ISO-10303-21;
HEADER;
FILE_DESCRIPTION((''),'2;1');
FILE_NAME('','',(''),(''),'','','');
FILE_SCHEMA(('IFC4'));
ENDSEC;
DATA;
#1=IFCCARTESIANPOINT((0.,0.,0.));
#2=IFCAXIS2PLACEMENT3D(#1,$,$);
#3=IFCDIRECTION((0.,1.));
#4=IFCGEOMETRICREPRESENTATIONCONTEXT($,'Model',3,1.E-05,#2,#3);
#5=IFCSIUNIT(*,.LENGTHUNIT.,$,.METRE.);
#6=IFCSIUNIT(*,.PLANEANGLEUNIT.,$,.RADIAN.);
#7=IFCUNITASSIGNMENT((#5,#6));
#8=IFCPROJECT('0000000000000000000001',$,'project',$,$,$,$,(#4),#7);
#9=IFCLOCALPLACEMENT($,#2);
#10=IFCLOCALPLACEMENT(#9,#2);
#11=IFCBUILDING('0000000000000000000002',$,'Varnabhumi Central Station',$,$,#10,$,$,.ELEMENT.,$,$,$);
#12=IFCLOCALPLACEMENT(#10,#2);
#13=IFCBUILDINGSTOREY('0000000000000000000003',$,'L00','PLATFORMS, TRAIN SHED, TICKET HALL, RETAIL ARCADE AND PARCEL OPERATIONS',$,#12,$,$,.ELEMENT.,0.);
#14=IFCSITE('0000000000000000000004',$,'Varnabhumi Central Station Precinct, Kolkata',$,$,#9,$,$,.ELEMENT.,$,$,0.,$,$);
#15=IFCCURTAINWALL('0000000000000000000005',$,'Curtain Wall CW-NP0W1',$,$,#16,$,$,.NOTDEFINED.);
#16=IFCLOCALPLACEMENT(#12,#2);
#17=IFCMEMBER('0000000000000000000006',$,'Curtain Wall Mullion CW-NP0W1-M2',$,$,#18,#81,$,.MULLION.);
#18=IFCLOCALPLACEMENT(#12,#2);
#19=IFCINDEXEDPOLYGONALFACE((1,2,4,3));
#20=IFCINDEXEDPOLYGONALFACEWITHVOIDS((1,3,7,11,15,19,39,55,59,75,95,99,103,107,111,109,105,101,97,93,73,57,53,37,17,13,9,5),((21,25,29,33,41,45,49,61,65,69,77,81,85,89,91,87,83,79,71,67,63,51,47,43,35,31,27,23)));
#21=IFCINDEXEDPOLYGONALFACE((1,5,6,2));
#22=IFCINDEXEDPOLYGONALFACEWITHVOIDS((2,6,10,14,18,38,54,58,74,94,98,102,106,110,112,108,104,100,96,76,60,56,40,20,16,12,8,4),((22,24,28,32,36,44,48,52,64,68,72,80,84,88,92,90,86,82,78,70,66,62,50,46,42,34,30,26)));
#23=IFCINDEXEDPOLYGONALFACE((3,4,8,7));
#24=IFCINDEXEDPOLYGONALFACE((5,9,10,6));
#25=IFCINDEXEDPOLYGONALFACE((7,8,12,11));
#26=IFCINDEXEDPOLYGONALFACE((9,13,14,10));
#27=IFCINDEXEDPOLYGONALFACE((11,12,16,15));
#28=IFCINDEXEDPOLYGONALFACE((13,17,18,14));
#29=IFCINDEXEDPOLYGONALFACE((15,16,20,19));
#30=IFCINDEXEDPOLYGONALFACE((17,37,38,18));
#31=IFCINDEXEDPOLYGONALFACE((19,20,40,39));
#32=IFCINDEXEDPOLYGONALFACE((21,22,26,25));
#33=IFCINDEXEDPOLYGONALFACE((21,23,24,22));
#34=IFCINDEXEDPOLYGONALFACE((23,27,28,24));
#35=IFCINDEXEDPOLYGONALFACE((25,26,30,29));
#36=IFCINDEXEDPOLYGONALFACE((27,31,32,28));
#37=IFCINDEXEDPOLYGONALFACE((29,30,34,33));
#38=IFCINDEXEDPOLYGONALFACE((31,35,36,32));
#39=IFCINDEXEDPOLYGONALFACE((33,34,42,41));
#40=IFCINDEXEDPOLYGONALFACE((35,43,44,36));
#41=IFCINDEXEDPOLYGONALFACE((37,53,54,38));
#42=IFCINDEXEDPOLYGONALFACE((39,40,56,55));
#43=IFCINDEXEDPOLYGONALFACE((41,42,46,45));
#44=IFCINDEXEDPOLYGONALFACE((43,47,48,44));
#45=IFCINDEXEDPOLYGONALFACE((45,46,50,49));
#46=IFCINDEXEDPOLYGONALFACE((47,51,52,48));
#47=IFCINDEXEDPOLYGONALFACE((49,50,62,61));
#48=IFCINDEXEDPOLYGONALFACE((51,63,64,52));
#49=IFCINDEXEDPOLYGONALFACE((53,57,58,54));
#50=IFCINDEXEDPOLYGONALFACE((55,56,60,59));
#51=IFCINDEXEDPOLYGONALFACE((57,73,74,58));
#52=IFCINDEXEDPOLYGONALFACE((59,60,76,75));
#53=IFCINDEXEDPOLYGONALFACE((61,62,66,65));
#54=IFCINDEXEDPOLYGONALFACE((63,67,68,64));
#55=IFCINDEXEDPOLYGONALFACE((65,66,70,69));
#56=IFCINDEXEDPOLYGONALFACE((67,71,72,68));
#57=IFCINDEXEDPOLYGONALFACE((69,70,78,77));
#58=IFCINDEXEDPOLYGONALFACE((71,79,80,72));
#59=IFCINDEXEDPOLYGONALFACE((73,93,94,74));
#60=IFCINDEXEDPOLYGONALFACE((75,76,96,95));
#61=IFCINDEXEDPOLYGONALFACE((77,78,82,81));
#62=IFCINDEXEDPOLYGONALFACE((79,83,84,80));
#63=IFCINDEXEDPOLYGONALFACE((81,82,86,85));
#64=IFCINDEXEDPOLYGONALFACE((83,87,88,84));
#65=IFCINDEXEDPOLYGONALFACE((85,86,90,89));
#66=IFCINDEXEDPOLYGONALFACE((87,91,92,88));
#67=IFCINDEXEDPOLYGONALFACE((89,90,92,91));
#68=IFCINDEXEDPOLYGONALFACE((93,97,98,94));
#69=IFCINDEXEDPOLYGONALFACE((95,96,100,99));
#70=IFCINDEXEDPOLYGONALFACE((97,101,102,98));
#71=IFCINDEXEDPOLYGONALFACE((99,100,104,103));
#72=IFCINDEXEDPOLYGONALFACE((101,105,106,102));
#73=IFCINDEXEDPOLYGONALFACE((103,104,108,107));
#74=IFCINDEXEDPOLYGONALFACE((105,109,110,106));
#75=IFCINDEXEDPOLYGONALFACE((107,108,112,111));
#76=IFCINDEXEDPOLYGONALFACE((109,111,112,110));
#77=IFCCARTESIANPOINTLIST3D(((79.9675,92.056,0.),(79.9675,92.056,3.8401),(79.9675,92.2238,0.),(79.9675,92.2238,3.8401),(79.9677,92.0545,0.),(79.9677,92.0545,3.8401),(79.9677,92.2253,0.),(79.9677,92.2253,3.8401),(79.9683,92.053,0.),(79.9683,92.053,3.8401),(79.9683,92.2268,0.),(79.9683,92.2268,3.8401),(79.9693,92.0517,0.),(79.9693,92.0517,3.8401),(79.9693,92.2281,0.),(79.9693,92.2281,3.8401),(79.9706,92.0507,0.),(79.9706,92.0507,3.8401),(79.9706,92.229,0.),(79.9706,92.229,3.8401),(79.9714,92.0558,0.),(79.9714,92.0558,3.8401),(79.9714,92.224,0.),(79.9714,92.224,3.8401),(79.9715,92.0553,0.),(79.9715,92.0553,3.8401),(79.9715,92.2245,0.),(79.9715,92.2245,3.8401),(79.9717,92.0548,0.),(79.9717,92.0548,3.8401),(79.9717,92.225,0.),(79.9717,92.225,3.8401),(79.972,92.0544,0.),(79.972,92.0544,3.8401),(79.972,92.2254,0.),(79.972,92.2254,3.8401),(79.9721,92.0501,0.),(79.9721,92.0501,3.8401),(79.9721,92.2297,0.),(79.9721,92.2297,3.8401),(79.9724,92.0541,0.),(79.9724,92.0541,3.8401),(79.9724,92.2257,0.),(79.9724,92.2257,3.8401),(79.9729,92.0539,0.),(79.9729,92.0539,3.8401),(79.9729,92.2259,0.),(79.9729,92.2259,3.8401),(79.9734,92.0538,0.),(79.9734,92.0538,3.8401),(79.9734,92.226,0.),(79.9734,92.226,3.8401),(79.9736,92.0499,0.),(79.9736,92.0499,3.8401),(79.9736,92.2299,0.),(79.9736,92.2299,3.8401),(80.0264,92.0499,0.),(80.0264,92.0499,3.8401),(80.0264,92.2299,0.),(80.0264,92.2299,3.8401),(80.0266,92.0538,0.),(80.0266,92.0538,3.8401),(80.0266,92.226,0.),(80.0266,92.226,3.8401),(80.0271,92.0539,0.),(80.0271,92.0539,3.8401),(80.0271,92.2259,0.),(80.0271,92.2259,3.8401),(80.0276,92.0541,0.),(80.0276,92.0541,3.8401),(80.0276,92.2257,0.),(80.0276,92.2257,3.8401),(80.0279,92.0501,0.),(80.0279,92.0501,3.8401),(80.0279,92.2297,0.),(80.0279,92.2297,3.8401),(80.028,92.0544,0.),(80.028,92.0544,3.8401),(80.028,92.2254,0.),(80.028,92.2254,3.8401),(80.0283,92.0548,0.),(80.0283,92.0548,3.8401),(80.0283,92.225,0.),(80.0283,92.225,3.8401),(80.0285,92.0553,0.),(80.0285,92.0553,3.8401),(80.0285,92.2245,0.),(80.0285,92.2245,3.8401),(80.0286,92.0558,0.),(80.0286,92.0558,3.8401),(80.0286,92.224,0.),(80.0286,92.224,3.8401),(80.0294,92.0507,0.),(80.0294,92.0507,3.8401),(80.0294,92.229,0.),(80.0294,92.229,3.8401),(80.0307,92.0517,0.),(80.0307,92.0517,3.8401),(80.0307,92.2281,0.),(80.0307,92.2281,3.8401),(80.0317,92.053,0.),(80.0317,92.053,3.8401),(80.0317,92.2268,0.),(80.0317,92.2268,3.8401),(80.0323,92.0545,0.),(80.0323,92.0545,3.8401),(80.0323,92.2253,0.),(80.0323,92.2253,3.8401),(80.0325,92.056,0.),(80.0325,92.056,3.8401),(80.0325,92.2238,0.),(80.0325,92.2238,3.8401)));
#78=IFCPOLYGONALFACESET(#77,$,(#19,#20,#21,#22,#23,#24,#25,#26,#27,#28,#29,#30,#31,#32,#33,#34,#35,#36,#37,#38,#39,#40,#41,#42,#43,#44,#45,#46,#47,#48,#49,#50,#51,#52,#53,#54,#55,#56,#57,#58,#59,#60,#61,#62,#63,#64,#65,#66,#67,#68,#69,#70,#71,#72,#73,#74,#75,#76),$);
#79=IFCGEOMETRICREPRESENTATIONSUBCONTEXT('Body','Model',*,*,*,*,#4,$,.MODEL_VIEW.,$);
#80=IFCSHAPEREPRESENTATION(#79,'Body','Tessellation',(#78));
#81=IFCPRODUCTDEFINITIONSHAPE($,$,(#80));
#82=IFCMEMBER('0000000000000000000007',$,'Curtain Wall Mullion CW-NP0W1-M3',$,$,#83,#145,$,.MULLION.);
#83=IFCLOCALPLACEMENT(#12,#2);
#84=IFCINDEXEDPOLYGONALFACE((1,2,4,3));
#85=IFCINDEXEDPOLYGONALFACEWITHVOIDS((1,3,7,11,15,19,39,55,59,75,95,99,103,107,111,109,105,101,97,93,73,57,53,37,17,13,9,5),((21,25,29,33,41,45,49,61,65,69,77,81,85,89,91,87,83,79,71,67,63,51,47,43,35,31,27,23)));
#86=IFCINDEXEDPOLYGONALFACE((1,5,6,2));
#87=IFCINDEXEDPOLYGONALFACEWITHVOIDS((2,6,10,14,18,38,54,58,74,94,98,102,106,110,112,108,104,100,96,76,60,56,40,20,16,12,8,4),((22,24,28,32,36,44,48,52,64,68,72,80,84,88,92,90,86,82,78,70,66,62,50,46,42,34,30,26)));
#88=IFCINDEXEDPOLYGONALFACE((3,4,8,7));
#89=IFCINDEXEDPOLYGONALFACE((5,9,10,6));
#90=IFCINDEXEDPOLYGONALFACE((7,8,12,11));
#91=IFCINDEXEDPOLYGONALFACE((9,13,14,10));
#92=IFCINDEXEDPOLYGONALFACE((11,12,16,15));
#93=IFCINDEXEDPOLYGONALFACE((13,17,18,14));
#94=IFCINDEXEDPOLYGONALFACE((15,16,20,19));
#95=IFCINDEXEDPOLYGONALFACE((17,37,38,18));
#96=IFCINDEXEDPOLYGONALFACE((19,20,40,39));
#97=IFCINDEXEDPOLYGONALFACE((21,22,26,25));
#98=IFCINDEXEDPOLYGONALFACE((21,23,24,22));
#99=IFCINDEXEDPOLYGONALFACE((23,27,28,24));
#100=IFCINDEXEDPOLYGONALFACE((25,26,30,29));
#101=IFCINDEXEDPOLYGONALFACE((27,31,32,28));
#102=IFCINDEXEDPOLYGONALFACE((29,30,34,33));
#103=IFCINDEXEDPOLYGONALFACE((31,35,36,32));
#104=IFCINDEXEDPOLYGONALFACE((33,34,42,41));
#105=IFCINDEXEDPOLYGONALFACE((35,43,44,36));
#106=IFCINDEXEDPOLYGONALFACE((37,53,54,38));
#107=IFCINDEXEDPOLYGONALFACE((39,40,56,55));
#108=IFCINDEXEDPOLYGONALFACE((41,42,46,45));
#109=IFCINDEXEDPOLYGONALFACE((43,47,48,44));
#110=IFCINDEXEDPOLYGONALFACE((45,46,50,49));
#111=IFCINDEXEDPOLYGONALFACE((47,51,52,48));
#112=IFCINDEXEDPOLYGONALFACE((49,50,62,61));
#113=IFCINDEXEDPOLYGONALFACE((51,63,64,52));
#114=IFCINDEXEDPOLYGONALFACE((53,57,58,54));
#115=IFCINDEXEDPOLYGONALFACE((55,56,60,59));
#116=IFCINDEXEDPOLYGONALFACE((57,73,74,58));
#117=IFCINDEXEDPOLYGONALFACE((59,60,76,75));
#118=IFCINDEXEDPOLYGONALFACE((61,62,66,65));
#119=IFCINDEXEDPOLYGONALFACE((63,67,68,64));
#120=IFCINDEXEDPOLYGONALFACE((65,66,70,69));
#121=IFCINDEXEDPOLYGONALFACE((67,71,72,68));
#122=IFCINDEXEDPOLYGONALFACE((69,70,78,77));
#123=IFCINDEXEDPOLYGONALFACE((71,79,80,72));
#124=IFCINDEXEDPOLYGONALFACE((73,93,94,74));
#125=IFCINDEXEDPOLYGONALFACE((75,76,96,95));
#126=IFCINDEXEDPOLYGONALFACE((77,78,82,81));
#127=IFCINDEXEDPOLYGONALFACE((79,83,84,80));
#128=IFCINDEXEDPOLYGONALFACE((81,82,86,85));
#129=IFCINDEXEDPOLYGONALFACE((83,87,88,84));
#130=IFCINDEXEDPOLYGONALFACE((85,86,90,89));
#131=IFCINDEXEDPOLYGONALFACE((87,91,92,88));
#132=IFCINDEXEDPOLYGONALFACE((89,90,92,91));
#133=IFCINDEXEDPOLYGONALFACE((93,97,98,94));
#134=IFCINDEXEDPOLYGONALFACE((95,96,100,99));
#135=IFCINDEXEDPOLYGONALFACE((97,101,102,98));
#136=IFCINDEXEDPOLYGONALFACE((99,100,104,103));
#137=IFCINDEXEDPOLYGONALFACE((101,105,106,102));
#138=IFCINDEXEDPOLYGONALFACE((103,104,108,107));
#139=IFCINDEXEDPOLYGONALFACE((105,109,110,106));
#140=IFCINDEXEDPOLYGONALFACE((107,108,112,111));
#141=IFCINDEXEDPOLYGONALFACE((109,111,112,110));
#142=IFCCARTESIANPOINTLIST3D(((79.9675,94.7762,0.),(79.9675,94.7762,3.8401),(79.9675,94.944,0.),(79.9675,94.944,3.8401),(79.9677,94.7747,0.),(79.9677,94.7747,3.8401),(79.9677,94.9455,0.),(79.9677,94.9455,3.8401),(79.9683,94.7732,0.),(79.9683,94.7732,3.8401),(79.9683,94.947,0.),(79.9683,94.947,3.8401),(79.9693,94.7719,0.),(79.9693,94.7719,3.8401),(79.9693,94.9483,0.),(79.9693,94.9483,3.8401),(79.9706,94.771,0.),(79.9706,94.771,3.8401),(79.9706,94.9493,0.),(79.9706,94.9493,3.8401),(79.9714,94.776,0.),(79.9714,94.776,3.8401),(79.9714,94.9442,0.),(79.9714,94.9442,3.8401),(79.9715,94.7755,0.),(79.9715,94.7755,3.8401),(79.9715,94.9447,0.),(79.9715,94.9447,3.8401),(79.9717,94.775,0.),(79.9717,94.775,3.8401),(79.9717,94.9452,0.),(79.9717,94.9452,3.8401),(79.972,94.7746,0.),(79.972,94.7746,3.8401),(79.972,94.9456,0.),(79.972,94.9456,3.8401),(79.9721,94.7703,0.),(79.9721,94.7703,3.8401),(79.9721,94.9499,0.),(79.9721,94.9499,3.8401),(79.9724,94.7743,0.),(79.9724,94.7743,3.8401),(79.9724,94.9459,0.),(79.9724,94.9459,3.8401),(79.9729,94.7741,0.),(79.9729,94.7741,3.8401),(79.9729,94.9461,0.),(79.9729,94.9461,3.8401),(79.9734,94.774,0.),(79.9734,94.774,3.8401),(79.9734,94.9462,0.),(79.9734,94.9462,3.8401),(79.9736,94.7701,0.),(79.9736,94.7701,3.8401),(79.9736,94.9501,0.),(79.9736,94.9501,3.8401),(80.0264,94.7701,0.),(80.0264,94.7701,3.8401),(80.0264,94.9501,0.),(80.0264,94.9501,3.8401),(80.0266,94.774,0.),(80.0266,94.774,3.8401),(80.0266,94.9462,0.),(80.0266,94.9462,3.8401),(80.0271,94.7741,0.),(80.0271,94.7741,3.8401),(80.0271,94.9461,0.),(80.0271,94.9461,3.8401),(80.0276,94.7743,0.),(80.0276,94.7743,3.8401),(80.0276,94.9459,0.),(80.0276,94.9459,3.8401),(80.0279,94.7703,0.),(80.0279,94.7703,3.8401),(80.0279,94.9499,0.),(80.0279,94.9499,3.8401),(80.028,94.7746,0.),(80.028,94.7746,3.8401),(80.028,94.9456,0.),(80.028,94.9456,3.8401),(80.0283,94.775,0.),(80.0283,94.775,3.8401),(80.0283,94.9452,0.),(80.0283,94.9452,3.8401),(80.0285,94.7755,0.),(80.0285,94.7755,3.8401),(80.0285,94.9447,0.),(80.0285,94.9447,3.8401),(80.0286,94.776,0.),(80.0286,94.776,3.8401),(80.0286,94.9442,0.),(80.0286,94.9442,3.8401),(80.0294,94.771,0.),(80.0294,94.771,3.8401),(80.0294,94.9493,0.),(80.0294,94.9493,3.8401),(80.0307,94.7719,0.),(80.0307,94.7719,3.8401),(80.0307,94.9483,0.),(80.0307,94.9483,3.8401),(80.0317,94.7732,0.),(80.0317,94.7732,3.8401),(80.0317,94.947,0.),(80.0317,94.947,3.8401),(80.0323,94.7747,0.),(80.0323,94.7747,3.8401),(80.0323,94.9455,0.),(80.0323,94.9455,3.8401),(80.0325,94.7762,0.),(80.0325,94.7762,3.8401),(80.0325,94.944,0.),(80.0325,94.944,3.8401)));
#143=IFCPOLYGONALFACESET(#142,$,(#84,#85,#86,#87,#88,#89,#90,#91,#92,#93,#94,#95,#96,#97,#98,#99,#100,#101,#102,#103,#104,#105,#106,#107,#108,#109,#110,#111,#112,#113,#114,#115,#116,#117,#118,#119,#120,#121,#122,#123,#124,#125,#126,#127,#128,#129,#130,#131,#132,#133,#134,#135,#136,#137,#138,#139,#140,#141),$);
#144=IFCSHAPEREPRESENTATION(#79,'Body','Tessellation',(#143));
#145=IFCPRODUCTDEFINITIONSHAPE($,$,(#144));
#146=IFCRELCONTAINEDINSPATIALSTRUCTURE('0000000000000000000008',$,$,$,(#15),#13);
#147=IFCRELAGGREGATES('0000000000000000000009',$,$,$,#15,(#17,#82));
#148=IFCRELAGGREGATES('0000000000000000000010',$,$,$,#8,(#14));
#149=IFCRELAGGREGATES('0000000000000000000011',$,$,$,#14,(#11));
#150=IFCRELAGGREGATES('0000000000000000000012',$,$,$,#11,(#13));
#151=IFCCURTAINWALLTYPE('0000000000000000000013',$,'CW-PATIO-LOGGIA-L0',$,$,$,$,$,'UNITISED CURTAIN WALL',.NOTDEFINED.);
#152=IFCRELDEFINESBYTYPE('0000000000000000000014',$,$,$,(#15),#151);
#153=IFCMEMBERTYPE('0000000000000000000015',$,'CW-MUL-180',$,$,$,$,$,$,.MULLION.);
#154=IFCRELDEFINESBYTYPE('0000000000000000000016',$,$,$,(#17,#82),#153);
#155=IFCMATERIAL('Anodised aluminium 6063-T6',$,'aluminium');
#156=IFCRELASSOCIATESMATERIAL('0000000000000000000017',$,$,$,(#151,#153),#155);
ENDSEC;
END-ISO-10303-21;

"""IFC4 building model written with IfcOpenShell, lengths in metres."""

from ifc_helpers import new_model, si_unit, direction, frame, origin, origin_2d, place, context, subcontext, project, spatial, hollow_rectangle, extrude, material, material_profile, profile_set, type_object, element, aggregate, save


model = new_model("IFC4")

# Units and contexts
model_context = context("Model", 3, precision=1e-05, world=origin(), true_north=direction((0.0, 1.0)))
body_context = subcontext(model_context, "Body", "Model", "MODEL_VIEW")
ifc_project = project(units=[si_unit("LENGTHUNIT", "METRE"), si_unit("PLANEANGLEUNIT", "RADIAN")], contexts=[model_context])

# Site, building, storey
site_placement = place(None, origin())
site = spatial("IfcSite", under=ifc_project, at=site_placement, Name="Varnabhumi Central Station Precinct, Kolkata", CompositionType="ELEMENT", RefElevation=0.0)
building_placement = place(site_placement, origin())
building = spatial("IfcBuilding", under=site, at=building_placement, Name="Varnabhumi Central Station", CompositionType="ELEMENT")
storey_placement = place(building_placement, origin())
storey = spatial("IfcBuildingStorey", under=building, at=storey_placement, Name="L00", Description="PLATFORMS, TRAIN SHED, TICKET HALL, RETAIL ARCADE AND PARCEL OPERATIONS", CompositionType="ELEMENT", Elevation=0.0)

# Curtain wall, members
ifc_material_1 = material(Name="Anodised aluminium 6063-T6", Category="aluminium")
curtain_wall_type = type_object("IfcCurtainWallType", Name="CW-PATIO-LOGGIA-L0", ElementType="UNITISED CURTAIN WALL", PredefinedType="NOTDEFINED", material=ifc_material_1)
curtain_wall_1_placement = place(storey_placement, origin())
curtain_wall_1 = element("IfcCurtainWall", 1, at=curtain_wall_1_placement, inside=storey, type_object=curtain_wall_type, Name="Curtain Wall CW-NP0W1", PredefinedType="NOTDEFINED")
ifc_material_profile_1 = material_profile(ifc_material_1, hollow_rectangle(XDim=0.0649, YDim=0.1799, WallThickness=0.0039, InnerFilletRadius=0.002, OuterFilletRadius=0.0061, at=origin_2d()), Name="Anodised aluminium 6063-T6", Category="aluminium")
ifc_profile_set_1 = profile_set([ifc_material_profile_1], Name="Anodised aluminium 6063-T6")
member_type_1 = type_object("IfcMemberType", Name="CW-MUL-180", PredefinedType="MULLION", material=ifc_profile_set_1)
member_1_placement = place(storey_placement, frame((80.0, 92.1399, 0.0), z_axis=(0.0, 0.0, 1.0), x_axis=(1.0, 0.0, 0.0)))
member_1 = element("IfcMember", 2, at=member_1_placement, type_object=member_type_1, Name="Curtain Wall Mullion CW-NP0W1-M2", PredefinedType="MULLION", context=body_context, shape_type="SweptSolid", body=[
    extrude(hollow_rectangle(XDim=0.0649, YDim=0.1799, WallThickness=0.0039, InnerFilletRadius=0.002, OuterFilletRadius=0.0061, at=origin_2d()), origin(), (0.0, 0.0, 1.0), 3.8401),
])
member_2_placement = place(storey_placement, frame((80.0, 94.8601, 0.0), z_axis=(0.0, 0.0, 1.0), x_axis=(1.0, 0.0, 0.0)))
member_2 = element("IfcMember", 3, at=member_2_placement, type_object=member_type_1, Name="Curtain Wall Mullion CW-NP0W1-M3", PredefinedType="MULLION", context=body_context, shape_type="SweptSolid", body=[
    extrude(hollow_rectangle(XDim=0.0649, YDim=0.1799, WallThickness=0.0039, InnerFilletRadius=0.002, OuterFilletRadius=0.0061, at=origin_2d()), origin(), (0.0, 0.0, 1.0), 3.8401),
])

aggregate(curtain_wall_1, [member_1, member_2])

save(model, "model.ifc")
